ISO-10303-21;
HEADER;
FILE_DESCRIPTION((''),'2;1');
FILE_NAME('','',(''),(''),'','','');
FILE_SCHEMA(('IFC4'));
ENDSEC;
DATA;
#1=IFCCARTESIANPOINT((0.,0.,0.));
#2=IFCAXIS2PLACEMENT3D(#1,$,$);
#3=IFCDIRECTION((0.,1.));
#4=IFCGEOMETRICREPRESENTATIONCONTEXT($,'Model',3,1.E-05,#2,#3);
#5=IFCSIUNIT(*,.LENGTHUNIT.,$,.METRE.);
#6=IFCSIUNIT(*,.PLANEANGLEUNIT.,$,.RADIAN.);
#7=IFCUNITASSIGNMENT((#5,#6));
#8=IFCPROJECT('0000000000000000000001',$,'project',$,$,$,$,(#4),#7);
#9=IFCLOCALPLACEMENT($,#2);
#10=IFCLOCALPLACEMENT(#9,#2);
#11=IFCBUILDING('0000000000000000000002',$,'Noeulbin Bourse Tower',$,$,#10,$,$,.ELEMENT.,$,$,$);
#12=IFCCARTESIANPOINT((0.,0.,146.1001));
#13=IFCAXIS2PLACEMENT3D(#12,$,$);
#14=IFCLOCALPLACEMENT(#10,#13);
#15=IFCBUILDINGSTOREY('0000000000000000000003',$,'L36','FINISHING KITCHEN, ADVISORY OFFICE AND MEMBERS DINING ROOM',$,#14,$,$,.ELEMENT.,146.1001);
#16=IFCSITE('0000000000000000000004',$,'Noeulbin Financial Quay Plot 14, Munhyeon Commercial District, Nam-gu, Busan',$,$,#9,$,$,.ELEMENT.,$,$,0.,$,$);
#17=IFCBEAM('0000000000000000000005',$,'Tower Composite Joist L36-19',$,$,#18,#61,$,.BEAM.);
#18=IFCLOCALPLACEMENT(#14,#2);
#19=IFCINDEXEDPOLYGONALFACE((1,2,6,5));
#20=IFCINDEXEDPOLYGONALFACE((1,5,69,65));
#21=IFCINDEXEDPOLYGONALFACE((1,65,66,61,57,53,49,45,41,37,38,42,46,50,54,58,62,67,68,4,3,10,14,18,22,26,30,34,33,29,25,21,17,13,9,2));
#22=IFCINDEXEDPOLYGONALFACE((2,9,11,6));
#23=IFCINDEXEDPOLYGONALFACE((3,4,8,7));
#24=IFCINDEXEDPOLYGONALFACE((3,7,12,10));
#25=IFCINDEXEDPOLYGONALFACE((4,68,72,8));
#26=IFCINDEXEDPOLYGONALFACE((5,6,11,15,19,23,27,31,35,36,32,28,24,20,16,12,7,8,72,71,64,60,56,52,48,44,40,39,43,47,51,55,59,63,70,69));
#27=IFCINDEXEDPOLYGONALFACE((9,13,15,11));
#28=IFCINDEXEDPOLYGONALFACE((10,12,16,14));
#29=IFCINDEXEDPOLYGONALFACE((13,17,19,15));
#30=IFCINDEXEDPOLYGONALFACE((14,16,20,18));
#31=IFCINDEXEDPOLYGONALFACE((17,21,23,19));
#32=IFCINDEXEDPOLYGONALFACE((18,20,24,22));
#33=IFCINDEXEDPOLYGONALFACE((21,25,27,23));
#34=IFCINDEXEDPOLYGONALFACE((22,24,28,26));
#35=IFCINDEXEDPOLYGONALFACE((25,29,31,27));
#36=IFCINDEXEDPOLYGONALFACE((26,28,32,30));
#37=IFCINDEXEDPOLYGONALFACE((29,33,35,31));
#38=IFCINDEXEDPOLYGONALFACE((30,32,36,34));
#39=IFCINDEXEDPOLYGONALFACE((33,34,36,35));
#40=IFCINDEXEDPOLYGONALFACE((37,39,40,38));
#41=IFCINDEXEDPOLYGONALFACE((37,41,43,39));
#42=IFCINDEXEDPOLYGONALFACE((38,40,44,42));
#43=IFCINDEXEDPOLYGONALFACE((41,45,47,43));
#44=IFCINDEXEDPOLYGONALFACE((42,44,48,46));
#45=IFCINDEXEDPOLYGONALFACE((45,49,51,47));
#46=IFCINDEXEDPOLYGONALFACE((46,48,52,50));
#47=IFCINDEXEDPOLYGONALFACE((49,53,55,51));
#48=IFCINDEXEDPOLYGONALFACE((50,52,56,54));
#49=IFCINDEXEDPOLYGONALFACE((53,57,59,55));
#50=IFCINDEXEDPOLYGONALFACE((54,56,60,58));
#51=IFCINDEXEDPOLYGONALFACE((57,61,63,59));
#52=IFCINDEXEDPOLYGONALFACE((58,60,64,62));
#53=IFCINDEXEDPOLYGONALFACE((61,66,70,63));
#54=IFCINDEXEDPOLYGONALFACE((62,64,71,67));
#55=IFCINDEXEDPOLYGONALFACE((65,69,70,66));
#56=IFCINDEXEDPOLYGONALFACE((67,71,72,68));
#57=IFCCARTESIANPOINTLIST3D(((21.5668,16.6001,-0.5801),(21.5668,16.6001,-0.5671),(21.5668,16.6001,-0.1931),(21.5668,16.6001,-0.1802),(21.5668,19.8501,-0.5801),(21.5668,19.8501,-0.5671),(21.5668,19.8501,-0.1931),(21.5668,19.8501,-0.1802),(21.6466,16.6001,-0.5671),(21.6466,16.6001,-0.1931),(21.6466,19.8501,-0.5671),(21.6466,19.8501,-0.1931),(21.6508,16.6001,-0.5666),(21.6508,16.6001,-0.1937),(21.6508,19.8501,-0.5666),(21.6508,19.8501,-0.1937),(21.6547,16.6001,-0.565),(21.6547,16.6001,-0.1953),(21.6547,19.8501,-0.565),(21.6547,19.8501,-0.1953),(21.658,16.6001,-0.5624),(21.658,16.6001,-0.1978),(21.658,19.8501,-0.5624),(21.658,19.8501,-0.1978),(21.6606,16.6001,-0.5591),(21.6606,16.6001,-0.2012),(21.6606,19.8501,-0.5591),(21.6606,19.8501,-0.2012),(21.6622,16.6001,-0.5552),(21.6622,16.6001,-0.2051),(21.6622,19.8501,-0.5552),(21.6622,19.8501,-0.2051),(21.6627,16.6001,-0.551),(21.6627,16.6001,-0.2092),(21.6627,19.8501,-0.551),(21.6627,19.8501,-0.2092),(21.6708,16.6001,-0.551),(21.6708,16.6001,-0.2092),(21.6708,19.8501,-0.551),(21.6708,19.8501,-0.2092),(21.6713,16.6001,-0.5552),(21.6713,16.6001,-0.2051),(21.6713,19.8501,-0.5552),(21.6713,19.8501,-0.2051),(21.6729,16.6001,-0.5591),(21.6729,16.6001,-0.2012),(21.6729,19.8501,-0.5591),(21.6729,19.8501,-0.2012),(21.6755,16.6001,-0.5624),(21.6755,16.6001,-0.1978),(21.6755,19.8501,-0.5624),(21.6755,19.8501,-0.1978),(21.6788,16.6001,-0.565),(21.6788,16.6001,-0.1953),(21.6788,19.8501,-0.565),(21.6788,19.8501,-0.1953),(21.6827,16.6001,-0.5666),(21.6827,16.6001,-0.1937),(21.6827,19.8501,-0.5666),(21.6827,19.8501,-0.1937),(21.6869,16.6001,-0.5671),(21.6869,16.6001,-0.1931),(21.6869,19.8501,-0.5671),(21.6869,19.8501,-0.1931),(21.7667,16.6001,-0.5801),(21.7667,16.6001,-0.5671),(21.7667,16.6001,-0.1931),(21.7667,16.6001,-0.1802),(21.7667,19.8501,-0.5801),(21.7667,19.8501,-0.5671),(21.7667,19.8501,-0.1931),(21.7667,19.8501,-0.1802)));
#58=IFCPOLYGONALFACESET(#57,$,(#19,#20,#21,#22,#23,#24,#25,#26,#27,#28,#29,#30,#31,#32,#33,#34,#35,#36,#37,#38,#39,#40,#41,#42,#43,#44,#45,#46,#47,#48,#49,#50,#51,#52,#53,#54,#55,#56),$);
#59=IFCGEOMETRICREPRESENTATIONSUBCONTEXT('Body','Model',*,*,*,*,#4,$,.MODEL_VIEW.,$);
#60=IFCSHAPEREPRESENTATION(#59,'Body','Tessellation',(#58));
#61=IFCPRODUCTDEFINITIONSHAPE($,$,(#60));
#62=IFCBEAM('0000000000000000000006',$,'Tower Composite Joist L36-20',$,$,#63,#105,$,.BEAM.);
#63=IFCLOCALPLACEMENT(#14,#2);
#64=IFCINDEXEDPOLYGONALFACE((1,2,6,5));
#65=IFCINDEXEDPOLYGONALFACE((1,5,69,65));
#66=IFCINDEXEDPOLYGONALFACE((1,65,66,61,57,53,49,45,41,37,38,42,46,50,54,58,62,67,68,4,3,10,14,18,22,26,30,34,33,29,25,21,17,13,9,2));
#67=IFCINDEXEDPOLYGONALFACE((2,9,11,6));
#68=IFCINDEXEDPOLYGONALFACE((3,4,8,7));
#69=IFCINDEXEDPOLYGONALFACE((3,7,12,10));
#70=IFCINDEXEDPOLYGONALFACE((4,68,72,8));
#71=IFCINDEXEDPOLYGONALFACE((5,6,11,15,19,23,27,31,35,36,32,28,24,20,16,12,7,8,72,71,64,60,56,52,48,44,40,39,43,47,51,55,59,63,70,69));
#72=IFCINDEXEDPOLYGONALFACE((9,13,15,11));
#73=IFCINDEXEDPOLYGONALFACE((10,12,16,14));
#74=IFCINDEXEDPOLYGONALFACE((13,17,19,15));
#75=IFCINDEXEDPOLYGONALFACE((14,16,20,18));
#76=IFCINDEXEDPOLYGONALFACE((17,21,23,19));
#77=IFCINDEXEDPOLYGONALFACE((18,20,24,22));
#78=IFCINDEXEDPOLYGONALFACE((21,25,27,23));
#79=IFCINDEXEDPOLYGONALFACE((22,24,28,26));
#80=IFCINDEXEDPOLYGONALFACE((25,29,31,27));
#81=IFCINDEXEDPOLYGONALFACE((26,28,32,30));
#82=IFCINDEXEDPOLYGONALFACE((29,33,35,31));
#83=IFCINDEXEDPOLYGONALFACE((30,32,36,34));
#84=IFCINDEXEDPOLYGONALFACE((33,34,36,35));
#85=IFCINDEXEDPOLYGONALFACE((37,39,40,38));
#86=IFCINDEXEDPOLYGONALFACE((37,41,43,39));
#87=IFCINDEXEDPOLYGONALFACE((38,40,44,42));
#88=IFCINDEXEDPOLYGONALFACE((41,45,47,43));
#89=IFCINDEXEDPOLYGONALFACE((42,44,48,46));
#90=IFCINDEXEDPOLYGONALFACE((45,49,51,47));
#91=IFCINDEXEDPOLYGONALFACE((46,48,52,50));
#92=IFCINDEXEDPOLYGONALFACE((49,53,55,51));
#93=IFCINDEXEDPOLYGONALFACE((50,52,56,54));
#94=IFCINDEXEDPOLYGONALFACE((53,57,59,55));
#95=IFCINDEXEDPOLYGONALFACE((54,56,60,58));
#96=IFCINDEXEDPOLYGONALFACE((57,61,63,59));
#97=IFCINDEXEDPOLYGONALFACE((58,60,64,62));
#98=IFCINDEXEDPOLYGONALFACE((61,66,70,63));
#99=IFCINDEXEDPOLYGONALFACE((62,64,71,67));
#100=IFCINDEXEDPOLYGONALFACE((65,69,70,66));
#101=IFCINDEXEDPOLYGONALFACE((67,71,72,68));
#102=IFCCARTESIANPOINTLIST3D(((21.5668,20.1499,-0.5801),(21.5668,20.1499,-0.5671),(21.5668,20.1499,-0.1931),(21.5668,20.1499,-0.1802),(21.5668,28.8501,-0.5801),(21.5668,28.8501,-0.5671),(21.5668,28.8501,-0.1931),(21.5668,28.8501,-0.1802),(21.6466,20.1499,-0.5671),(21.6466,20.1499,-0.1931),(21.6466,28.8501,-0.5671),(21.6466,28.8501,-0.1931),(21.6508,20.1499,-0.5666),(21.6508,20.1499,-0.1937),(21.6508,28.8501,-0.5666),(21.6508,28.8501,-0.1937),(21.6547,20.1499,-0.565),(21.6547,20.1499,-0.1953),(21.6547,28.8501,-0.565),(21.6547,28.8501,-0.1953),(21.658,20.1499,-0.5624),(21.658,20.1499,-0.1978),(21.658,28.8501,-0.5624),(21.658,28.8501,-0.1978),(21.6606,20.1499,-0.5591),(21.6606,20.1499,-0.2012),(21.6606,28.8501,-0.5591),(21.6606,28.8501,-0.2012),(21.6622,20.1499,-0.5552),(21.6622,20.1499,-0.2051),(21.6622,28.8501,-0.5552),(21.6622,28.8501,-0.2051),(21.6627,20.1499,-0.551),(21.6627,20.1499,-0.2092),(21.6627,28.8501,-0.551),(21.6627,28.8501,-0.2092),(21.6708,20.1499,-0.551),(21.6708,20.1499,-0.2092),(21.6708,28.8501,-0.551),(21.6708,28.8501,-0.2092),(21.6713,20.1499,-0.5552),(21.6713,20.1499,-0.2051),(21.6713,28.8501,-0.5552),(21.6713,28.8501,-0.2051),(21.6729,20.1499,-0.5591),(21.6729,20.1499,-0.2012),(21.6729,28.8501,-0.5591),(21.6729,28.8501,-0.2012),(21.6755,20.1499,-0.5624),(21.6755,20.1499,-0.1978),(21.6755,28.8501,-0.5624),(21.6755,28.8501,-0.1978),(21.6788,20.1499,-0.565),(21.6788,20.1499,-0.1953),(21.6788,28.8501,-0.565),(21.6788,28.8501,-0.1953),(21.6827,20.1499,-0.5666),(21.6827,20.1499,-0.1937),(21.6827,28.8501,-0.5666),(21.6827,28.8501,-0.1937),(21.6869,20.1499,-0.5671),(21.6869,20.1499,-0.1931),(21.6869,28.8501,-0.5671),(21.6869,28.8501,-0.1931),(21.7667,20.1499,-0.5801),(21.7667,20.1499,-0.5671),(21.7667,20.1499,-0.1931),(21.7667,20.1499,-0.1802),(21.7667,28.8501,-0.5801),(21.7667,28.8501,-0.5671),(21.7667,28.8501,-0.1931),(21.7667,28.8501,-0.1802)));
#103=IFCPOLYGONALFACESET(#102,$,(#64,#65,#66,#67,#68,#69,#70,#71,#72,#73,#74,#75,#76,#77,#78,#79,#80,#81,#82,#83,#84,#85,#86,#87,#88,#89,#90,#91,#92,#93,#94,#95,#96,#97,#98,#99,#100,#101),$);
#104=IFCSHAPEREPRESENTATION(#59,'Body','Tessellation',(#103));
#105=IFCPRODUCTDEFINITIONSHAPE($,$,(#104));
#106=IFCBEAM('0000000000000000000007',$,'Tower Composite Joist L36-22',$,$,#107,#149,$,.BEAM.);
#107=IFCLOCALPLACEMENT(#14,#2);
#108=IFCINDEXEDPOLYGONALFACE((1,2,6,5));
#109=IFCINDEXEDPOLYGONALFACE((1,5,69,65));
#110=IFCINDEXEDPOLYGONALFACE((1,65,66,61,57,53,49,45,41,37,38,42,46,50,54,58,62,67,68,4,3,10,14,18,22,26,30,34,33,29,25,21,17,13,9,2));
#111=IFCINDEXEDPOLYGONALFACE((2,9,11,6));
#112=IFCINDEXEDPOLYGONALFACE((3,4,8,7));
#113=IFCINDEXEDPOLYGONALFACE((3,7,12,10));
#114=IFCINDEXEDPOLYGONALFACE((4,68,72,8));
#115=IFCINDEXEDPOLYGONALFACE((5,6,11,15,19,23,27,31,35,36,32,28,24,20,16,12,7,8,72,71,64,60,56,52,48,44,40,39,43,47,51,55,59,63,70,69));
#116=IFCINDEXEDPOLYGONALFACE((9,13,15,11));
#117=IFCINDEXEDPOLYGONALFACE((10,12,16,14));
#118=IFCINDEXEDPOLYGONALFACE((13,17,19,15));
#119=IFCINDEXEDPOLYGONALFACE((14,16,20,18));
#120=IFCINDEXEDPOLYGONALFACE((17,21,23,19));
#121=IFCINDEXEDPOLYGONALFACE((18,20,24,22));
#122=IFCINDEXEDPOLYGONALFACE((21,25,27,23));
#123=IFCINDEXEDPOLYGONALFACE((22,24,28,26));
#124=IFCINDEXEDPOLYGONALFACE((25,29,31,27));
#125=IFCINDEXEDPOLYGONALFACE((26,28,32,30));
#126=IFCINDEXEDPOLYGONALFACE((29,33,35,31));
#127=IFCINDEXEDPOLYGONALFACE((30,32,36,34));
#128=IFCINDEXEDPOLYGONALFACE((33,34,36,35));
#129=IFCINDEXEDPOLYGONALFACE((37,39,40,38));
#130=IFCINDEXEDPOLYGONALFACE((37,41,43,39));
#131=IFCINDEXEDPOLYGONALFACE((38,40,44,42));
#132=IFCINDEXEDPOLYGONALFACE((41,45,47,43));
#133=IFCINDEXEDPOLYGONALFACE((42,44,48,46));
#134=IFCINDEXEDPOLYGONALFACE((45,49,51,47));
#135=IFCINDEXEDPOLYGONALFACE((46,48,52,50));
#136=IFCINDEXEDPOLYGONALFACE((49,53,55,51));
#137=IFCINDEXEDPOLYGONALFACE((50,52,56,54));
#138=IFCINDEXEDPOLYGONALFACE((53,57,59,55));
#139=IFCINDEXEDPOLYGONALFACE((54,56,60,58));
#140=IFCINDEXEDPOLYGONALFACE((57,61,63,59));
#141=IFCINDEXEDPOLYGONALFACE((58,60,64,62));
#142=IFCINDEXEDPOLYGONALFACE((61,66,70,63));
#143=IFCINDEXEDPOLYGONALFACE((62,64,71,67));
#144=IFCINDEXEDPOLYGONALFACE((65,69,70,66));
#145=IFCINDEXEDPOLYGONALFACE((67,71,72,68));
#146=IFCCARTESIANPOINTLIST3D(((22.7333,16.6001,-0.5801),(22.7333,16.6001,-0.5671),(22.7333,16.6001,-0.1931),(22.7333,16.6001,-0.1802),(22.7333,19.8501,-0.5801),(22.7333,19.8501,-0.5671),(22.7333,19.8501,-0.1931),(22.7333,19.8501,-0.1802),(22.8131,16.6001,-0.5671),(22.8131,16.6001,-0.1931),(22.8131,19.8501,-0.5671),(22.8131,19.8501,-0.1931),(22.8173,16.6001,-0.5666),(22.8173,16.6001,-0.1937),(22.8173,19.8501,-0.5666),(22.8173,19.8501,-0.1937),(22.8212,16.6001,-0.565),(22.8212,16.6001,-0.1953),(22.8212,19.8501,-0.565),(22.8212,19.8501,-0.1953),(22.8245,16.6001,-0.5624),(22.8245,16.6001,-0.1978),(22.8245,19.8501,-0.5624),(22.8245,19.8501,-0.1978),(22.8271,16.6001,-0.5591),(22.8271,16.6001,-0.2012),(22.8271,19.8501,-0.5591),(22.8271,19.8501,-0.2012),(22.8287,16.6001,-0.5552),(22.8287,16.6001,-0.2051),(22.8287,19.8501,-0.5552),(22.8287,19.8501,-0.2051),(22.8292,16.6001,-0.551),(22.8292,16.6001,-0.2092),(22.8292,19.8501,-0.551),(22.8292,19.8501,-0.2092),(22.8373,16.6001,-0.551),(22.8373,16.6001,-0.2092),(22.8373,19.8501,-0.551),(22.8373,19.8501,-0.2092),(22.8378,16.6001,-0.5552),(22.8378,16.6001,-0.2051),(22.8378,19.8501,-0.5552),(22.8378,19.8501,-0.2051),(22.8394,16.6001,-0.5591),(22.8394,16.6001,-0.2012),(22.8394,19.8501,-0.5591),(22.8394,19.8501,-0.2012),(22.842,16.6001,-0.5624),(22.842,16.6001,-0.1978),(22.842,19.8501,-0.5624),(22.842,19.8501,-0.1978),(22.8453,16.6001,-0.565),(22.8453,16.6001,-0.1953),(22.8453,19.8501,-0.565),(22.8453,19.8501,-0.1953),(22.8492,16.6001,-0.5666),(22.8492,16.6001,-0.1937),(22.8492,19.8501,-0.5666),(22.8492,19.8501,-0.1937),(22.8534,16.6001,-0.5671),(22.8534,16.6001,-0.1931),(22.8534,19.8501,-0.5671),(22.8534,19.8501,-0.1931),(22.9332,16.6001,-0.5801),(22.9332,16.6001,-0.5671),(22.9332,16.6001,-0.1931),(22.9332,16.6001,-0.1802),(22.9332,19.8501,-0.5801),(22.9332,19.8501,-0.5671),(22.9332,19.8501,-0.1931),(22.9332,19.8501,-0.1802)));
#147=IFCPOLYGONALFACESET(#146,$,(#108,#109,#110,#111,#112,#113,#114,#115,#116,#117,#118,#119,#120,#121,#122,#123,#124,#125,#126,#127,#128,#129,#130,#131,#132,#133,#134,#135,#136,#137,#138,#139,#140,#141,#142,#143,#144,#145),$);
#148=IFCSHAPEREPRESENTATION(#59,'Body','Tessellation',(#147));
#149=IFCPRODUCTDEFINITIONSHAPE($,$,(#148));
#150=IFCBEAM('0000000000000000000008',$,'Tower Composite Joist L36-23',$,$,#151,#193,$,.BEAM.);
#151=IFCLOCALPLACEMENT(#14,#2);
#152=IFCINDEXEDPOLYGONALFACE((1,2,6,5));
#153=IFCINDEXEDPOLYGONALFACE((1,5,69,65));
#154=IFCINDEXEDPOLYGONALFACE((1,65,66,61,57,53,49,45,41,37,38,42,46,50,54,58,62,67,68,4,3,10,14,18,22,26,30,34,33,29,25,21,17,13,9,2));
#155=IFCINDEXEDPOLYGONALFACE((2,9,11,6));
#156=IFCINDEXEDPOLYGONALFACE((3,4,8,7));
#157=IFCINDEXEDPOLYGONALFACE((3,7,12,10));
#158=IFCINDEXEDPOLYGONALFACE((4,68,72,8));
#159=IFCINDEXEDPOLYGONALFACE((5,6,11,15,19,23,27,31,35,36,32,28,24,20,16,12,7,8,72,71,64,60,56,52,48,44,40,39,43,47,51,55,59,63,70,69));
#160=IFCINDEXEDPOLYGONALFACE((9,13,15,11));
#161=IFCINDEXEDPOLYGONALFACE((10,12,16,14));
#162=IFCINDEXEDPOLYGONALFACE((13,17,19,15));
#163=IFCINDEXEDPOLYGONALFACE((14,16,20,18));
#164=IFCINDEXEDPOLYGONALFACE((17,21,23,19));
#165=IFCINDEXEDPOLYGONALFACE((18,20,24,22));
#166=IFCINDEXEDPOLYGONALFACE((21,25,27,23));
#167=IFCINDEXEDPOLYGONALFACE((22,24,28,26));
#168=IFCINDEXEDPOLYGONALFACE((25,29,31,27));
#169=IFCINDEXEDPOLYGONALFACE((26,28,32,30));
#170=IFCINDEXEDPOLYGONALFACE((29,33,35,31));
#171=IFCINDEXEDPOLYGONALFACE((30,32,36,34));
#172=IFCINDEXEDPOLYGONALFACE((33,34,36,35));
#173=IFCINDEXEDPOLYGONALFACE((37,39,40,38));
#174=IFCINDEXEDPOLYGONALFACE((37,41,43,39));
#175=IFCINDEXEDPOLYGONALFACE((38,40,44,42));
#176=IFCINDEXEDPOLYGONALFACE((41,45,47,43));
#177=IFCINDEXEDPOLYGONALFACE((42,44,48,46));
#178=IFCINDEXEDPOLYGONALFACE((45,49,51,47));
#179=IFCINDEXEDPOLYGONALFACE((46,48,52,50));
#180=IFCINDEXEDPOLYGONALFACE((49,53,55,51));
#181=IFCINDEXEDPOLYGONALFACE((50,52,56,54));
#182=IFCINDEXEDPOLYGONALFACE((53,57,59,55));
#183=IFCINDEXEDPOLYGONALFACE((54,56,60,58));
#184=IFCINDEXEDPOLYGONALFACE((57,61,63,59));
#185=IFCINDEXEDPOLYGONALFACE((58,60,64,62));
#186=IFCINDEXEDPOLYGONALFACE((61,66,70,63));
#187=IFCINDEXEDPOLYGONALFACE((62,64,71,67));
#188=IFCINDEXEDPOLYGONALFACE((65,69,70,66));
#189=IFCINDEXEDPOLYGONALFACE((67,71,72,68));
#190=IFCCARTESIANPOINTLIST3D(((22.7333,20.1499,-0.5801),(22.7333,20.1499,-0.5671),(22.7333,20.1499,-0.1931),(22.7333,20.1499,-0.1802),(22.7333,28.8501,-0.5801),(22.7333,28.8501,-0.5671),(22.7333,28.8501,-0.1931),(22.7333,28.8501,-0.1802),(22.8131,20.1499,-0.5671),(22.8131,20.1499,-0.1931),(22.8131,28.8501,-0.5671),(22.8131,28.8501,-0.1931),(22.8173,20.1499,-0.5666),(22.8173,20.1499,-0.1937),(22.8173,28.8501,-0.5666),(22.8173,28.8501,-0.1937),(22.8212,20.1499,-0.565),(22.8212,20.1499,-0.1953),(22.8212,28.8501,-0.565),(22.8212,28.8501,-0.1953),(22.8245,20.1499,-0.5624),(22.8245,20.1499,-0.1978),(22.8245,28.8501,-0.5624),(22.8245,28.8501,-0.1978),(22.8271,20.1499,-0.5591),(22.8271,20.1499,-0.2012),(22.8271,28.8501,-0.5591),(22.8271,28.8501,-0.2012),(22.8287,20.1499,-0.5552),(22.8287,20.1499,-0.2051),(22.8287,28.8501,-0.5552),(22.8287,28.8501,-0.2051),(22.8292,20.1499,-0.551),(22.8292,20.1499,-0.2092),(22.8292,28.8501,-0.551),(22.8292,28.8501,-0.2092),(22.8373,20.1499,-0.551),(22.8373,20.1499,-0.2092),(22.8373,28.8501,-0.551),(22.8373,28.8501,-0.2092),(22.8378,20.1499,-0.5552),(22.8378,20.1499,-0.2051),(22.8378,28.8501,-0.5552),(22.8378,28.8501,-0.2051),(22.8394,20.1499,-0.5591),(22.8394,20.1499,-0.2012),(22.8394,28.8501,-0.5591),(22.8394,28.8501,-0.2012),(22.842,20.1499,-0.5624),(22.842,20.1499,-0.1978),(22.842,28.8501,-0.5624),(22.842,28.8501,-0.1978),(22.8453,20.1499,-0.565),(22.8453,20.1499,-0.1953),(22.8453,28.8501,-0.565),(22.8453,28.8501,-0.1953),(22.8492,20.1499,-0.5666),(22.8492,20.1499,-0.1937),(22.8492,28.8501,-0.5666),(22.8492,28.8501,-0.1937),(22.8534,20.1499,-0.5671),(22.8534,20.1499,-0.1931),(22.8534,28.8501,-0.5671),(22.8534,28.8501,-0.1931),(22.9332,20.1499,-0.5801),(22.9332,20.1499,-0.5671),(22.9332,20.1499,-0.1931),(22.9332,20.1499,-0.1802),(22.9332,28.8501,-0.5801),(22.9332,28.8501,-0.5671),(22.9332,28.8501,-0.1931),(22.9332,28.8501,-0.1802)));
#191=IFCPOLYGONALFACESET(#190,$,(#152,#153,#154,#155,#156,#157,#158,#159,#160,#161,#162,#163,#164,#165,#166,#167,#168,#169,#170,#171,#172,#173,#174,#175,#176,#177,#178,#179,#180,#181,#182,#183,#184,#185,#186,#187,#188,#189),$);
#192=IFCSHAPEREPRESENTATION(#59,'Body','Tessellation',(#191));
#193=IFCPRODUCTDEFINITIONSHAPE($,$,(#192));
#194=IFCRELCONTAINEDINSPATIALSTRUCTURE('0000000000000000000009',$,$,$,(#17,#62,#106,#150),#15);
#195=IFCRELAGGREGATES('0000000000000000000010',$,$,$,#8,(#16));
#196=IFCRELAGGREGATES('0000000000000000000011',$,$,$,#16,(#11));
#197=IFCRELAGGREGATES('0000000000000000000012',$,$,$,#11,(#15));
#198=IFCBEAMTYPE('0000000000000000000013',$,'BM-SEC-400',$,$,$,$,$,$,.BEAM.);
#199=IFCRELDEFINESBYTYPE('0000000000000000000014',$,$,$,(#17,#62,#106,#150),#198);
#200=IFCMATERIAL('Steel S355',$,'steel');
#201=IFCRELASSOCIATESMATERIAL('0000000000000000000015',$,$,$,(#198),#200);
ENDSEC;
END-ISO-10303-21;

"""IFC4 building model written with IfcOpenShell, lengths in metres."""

from ifc_helpers import new_model, si_unit, direction, frame, origin, origin_2d, place, context, subcontext, project, spatial, i_section, extrude, material, material_profile, profile_set, type_object, element, save


model = new_model("IFC4")

# Units and contexts
model_context = context("Model", 3, precision=1e-05, world=origin(), true_north=direction((0.0, 1.0)))
body_context = subcontext(model_context, "Body", "Model", "MODEL_VIEW")
ifc_project = project(units=[si_unit("LENGTHUNIT", "METRE"), si_unit("PLANEANGLEUNIT", "RADIAN")], contexts=[model_context])

# Site, building, storey
site_placement = place(None, origin())
site = spatial("IfcSite", under=ifc_project, at=site_placement, Name="Noeulbin Financial Quay Plot 14, Munhyeon Commercial District, Nam-gu, Busan", CompositionType="ELEMENT", RefElevation=0.0)
building_placement = place(site_placement, origin())
building = spatial("IfcBuilding", under=site, at=building_placement, Name="Noeulbin Bourse Tower", CompositionType="ELEMENT")
storey_placement = place(building_placement, frame((0.0, 0.0, 146.1001)))
storey = spatial("IfcBuildingStorey", under=building, at=storey_placement, Name="L36", Description="FINISHING KITCHEN, ADVISORY OFFICE AND MEMBERS DINING ROOM", CompositionType="ELEMENT", Elevation=146.1001)

# Shared definitions
ifc_material_1 = material(Name="Steel S355", Category="steel")

# Beams
ifc_material_profile_1 = material_profile(ifc_material_1, i_section(OverallWidth=0.2, OverallDepth=0.3999, WebThickness=0.0081, FlangeThickness=0.0129, FilletRadius=0.0161, at=origin_2d()), Name="H-400x200x8x13", Category="LoadBearing")
ifc_profile_set_1 = profile_set([ifc_material_profile_1], Name="Steel S355")
beam_type_1 = type_object("IfcBeamType", Name="BM-SEC-400", PredefinedType="BEAM", material=ifc_profile_set_1)
beam_1_placement = place(storey_placement, frame((21.6667, 16.6001, -0.3801), z_axis=(0.0, 1.0, 0.0), x_axis=(-1.0, 0.0, 0.0)))
element("IfcBeam", 1, at=beam_1_placement, inside=storey, type_object=beam_type_1, Name="Tower Composite Joist L36-19", PredefinedType="BEAM", context=body_context, shape_type="SweptSolid", body=[
    extrude(i_section(OverallWidth=0.2, OverallDepth=0.3999, WebThickness=0.0081, FlangeThickness=0.0129, FilletRadius=0.0161, at=origin_2d()), origin(), (0.0, 0.0, 1.0), 3.25),
])
beam_2_placement = place(storey_placement, frame((21.6667, 20.1499, -0.3801), z_axis=(0.0, 1.0, 0.0), x_axis=(-1.0, 0.0, 0.0)))
element("IfcBeam", 2, at=beam_2_placement, inside=storey, type_object=beam_type_1, Name="Tower Composite Joist L36-20", PredefinedType="BEAM", context=body_context, shape_type="SweptSolid", body=[
    extrude(i_section(OverallWidth=0.2, OverallDepth=0.3999, WebThickness=0.0081, FlangeThickness=0.0129, FilletRadius=0.0161, at=origin_2d()), origin(), (0.0, 0.0, 1.0), 8.7002),
])
beam_3_placement = place(storey_placement, frame((22.8333, 16.6001, -0.3801), z_axis=(0.0, 1.0, 0.0), x_axis=(-1.0, 0.0, 0.0)))
element("IfcBeam", 3, at=beam_3_placement, inside=storey, type_object=beam_type_1, Name="Tower Composite Joist L36-22", PredefinedType="BEAM", context=body_context, shape_type="SweptSolid", body=[
    extrude(i_section(OverallWidth=0.2, OverallDepth=0.3999, WebThickness=0.0081, FlangeThickness=0.0129, FilletRadius=0.0161, at=origin_2d()), origin(), (0.0, 0.0, 1.0), 3.25),
])
beam_4_placement = place(storey_placement, frame((22.8333, 20.1499, -0.3801), z_axis=(0.0, 1.0, 0.0), x_axis=(-1.0, 0.0, 0.0)))
element("IfcBeam", 4, at=beam_4_placement, inside=storey, type_object=beam_type_1, Name="Tower Composite Joist L36-23", PredefinedType="BEAM", context=body_context, shape_type="SweptSolid", body=[
    extrude(i_section(OverallWidth=0.2, OverallDepth=0.3999, WebThickness=0.0081, FlangeThickness=0.0129, FilletRadius=0.0161, at=origin_2d()), origin(), (0.0, 0.0, 1.0), 8.7002),
])

save(model, "model.ifc")
